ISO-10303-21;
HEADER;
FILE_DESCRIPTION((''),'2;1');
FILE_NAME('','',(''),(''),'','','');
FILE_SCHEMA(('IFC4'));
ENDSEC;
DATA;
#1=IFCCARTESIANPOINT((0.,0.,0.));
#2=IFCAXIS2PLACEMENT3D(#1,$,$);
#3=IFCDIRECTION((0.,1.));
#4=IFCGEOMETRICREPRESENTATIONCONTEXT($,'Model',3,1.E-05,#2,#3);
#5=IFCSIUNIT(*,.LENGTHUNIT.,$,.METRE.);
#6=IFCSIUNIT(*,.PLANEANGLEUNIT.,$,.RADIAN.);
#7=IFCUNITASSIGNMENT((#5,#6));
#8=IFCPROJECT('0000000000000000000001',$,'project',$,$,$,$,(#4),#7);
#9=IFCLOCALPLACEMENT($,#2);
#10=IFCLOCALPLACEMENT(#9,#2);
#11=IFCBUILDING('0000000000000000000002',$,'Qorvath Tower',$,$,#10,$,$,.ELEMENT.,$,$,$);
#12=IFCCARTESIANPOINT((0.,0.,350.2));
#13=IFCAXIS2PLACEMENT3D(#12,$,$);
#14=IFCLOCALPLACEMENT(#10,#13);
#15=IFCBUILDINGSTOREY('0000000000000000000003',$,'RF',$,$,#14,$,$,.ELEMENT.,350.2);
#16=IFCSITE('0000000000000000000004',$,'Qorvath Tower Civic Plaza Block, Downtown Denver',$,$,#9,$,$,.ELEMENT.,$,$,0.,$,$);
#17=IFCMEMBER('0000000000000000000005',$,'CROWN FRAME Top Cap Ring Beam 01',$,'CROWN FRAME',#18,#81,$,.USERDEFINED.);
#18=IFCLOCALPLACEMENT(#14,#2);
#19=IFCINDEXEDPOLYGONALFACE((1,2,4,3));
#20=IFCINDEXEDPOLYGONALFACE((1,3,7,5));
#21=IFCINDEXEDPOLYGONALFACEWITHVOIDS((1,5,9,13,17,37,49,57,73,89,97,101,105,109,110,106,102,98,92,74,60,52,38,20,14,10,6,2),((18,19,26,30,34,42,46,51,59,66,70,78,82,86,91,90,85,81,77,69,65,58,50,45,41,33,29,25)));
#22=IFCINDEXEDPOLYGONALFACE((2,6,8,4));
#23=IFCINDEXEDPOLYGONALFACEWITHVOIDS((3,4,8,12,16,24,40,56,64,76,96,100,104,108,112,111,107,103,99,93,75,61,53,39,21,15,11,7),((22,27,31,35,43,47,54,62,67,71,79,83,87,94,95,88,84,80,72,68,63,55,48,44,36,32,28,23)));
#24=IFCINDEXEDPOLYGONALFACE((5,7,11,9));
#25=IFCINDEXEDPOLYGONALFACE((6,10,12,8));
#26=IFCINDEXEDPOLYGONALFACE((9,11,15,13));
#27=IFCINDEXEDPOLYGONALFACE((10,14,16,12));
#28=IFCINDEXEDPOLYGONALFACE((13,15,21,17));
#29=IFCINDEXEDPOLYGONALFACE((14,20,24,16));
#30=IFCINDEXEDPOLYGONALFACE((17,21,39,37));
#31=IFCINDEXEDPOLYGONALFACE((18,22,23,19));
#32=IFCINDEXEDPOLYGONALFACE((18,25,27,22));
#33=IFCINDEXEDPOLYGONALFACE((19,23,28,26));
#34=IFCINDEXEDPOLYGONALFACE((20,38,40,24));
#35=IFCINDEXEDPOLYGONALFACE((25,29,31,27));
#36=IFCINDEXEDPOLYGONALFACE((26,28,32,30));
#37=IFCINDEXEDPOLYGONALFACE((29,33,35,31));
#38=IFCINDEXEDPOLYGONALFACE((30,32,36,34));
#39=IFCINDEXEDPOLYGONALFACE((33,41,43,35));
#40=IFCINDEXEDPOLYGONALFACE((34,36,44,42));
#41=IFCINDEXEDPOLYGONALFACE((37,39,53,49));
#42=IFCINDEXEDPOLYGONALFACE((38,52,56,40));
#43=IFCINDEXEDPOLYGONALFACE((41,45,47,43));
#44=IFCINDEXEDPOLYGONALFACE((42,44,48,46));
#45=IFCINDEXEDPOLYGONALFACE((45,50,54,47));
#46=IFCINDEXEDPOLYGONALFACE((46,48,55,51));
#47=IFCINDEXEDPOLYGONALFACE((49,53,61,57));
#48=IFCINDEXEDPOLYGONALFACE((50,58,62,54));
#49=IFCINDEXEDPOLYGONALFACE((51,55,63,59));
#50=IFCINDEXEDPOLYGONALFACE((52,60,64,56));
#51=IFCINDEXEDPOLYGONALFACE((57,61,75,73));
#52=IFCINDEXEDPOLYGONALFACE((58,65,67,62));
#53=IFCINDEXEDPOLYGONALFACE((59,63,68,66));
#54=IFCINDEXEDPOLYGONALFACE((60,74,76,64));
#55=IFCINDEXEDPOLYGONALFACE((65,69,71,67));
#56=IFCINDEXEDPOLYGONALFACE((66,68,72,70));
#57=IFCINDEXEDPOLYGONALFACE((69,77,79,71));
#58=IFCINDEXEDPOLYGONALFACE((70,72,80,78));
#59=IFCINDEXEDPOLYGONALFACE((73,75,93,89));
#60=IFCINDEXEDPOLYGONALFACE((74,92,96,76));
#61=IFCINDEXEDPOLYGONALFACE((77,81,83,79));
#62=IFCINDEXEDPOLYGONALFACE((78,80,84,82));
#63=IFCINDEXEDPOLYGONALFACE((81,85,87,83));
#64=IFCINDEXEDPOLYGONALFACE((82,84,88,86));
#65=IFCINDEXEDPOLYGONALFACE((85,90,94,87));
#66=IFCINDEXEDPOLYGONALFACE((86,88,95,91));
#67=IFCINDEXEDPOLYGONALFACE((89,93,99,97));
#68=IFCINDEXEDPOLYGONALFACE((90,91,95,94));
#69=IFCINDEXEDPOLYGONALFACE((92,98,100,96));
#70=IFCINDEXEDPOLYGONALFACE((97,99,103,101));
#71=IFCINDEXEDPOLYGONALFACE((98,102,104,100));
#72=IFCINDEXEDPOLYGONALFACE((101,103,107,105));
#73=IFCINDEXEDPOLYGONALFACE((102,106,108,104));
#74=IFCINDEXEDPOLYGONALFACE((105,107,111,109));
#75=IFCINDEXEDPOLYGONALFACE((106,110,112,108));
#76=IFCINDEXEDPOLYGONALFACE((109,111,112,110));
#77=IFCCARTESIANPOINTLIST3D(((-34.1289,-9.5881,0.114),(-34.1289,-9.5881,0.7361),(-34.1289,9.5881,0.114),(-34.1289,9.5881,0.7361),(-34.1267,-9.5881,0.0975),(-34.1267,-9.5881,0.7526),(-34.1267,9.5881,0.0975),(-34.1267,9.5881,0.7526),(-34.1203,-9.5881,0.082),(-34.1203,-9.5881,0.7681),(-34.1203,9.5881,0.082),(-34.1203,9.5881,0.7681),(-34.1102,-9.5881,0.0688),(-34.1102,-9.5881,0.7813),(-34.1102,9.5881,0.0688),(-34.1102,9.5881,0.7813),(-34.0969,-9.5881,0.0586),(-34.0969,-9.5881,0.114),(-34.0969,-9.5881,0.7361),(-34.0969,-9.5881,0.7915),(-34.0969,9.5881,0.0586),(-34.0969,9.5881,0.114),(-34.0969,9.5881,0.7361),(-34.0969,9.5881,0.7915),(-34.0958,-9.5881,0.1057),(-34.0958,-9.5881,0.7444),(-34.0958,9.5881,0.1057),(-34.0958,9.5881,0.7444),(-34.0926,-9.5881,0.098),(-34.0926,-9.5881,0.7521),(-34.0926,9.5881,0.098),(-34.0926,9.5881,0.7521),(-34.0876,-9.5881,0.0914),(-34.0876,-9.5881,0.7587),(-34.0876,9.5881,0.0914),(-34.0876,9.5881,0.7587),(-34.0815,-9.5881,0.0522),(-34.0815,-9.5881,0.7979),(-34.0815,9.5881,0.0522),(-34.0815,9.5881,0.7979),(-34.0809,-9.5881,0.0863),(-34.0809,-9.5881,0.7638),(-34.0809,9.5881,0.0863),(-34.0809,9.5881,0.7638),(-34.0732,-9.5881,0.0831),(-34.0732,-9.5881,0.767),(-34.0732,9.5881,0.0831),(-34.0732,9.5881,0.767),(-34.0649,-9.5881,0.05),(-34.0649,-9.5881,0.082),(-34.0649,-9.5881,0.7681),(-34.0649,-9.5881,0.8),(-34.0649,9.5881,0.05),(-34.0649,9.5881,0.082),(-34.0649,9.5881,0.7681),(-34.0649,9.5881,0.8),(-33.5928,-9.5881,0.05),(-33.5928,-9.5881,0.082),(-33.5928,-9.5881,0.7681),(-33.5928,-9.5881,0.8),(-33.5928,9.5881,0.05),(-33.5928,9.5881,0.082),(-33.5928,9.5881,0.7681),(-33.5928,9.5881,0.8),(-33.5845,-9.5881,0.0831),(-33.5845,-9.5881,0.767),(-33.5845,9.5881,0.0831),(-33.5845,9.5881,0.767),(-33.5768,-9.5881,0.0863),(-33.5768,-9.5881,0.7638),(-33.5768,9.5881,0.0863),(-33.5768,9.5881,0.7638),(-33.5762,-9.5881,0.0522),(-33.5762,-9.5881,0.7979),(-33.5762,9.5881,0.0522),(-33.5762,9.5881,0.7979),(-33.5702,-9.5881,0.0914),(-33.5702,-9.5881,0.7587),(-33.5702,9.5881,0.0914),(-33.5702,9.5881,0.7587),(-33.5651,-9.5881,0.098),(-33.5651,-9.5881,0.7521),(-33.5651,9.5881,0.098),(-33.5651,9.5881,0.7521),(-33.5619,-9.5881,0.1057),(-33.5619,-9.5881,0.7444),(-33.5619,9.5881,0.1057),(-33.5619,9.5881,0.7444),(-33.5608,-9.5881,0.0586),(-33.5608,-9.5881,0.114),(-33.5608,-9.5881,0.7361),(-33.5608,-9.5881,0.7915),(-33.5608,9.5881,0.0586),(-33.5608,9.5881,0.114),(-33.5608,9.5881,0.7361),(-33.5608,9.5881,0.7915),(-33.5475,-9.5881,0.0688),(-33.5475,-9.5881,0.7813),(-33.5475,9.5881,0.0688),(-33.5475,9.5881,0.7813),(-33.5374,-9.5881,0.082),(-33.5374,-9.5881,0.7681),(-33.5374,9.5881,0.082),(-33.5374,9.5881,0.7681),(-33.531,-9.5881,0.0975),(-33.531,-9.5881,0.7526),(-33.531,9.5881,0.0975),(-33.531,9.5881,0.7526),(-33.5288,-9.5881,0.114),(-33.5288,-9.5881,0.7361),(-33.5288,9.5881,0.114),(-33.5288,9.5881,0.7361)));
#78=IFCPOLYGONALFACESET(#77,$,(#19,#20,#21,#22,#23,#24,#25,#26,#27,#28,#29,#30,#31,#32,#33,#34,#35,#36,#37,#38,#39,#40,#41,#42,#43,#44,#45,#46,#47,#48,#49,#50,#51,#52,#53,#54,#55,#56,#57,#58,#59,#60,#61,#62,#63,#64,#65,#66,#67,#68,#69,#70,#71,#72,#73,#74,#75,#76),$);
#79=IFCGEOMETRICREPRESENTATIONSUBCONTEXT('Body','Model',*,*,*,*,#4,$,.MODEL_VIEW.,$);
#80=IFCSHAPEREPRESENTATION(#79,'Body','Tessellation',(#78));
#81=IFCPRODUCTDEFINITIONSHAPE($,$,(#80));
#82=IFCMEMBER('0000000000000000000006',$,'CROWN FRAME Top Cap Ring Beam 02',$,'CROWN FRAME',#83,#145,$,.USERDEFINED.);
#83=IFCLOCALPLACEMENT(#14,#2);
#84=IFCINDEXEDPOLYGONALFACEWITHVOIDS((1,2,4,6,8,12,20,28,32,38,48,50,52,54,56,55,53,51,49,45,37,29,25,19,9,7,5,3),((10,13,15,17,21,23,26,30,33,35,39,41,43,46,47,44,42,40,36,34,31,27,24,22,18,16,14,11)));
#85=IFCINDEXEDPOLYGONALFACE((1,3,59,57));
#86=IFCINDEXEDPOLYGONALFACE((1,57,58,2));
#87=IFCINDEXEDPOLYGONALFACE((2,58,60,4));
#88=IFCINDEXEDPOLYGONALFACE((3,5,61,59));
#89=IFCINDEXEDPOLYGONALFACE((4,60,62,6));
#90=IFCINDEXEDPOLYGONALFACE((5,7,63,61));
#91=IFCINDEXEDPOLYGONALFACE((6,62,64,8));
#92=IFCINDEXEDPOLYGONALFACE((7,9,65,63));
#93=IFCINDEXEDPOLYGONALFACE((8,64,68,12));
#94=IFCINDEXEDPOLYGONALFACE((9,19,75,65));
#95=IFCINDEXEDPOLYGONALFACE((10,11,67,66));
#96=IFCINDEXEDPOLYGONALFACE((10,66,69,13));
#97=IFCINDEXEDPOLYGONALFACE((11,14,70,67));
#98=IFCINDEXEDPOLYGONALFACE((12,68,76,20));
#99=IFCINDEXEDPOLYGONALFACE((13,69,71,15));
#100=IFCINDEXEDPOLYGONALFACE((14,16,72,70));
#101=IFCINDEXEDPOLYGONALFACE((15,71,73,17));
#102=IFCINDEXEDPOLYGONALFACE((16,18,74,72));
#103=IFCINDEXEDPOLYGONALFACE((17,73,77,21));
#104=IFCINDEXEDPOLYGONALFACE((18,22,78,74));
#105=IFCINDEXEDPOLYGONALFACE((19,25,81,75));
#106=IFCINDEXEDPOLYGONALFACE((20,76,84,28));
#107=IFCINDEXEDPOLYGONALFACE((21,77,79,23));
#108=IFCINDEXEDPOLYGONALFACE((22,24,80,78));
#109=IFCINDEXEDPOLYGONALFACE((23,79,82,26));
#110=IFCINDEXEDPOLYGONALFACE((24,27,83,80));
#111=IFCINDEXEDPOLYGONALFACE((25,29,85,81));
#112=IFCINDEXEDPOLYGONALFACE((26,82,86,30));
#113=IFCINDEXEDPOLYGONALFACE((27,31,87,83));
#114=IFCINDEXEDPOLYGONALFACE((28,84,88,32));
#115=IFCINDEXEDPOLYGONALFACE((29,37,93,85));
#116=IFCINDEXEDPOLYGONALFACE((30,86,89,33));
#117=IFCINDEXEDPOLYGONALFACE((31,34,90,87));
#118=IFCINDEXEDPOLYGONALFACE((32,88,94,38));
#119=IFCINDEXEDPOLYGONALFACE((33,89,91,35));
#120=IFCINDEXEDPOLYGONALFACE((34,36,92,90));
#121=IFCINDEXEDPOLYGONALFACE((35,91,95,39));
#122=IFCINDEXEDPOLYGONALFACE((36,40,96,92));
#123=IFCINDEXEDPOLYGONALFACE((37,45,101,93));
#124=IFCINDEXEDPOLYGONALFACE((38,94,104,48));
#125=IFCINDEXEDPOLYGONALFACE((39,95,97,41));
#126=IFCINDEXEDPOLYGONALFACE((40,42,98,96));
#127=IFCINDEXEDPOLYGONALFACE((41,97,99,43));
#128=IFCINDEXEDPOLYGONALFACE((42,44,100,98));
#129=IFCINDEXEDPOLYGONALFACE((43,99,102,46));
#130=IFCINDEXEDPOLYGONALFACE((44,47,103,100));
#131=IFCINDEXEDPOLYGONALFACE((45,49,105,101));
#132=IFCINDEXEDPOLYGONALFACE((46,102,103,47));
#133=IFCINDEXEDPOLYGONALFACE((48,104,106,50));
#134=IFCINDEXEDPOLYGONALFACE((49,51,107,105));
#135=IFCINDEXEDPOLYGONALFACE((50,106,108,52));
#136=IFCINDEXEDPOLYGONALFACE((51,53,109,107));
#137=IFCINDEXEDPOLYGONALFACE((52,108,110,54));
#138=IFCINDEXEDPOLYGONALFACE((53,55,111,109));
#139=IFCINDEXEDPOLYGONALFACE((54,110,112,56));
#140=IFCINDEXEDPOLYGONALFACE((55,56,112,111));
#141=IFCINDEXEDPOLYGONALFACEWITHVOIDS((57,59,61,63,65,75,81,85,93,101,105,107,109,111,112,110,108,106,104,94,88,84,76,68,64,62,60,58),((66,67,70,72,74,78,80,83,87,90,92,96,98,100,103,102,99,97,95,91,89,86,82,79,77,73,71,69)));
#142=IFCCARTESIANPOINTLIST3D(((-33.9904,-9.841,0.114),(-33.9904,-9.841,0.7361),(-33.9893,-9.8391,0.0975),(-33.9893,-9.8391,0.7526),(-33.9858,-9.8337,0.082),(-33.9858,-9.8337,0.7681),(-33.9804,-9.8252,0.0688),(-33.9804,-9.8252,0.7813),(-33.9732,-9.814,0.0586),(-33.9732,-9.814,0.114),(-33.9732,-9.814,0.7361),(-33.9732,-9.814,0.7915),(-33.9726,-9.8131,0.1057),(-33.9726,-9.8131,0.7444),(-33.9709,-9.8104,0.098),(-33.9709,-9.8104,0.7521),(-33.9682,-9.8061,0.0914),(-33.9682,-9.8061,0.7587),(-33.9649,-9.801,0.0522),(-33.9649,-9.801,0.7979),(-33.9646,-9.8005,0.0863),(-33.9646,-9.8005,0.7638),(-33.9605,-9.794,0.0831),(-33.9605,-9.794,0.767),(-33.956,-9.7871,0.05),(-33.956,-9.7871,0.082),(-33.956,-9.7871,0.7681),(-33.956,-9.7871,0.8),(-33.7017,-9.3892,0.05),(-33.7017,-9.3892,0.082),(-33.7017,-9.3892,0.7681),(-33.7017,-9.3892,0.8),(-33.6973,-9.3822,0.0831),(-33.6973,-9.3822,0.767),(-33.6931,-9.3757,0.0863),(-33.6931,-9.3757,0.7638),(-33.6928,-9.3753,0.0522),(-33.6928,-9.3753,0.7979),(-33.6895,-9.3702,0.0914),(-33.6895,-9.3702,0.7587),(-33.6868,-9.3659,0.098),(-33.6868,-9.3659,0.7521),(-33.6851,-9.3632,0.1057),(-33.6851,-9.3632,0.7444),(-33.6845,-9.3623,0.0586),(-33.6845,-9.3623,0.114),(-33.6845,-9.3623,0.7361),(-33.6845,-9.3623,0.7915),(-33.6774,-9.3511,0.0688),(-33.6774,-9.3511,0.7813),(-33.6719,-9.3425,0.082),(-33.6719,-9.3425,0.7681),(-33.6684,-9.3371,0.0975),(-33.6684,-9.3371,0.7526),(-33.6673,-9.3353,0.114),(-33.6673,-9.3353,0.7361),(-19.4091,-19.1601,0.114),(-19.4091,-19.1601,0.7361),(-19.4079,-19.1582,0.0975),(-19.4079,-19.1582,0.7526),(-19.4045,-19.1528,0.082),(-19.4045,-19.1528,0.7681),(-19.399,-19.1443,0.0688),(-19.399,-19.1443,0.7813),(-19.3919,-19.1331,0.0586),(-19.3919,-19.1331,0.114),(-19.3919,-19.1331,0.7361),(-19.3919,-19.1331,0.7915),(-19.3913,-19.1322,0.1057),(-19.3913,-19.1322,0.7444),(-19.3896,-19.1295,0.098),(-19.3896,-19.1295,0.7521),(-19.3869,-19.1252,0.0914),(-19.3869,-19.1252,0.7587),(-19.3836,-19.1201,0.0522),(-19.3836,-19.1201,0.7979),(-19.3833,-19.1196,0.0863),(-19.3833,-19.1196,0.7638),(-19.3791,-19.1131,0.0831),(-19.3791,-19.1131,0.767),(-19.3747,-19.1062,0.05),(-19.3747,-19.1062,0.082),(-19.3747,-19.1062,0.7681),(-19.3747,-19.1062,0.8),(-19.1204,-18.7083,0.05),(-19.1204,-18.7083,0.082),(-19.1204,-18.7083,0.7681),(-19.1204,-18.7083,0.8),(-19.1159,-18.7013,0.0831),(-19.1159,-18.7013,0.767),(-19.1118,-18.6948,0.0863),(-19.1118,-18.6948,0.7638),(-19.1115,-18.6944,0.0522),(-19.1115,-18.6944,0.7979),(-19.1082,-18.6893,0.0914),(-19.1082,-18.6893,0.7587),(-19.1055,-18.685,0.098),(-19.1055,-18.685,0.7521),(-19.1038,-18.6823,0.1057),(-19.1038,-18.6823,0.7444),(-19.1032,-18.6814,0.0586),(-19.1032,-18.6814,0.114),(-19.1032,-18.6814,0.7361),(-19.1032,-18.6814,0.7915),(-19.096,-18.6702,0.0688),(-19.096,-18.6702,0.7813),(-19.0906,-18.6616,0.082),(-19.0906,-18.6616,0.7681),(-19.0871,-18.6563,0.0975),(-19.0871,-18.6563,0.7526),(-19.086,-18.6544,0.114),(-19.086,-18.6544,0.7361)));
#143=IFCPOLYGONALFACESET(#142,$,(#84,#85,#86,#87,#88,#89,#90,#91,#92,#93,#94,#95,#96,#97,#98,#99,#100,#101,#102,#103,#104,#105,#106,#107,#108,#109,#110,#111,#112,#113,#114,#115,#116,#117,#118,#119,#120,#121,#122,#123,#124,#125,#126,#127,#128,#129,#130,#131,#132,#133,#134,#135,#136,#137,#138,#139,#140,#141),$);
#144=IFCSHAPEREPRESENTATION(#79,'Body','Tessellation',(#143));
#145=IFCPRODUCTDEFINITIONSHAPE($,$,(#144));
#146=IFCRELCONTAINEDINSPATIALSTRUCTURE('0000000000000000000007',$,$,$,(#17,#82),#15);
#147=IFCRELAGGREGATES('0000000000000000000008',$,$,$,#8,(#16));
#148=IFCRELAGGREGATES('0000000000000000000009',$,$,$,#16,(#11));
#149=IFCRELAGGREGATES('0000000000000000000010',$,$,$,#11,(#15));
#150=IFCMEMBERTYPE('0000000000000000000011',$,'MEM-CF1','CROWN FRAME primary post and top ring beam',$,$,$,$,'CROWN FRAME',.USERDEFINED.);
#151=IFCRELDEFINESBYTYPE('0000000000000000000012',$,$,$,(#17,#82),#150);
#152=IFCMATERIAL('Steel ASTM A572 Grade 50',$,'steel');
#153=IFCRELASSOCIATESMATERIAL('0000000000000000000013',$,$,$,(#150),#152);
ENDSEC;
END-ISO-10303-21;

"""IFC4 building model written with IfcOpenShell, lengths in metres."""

from ifc_helpers import new_model, si_unit, direction, frame, origin, origin_2d, place, context, subcontext, project, spatial, hollow_rectangle, extrude, material, material_profile, profile_set, type_object, element, save


model = new_model("IFC4")

# Units and contexts
model_context = context("Model", 3, precision=1e-05, world=origin(), true_north=direction((0.0, 1.0)))
body_context = subcontext(model_context, "Body", "Model", "MODEL_VIEW")
ifc_project = project(units=[si_unit("LENGTHUNIT", "METRE"), si_unit("PLANEANGLEUNIT", "RADIAN")], contexts=[model_context])

# Site, building, storey
site_placement = place(None, origin())
site = spatial("IfcSite", under=ifc_project, at=site_placement, Name="Qorvath Tower Civic Plaza Block, Downtown Denver", CompositionType="ELEMENT", RefElevation=0.0)
building_placement = place(site_placement, origin())
building = spatial("IfcBuilding", under=site, at=building_placement, Name="Qorvath Tower", CompositionType="ELEMENT")
storey_placement = place(building_placement, frame((0.0, 0.0, 350.2)))
storey = spatial("IfcBuildingStorey", under=building, at=storey_placement, Name="RF", CompositionType="ELEMENT", Elevation=350.2)

# Members
ifc_material_1 = material(Name="Steel ASTM A572 Grade 50", Category="steel")
ifc_material_profile_1 = material_profile(ifc_material_1, hollow_rectangle(XDim=0.6001, YDim=0.75, WallThickness=0.032, InnerFilletRadius=0.032, OuterFilletRadius=0.064, at=origin_2d()), Name="CROWN BOX 750x600x32")
ifc_profile_set_1 = profile_set([ifc_material_profile_1], Name="Steel ASTM A572 Grade 50")
member_type_1 = type_object("IfcMemberType", Name="MEM-CF1", Description="CROWN FRAME primary post and top ring beam", ElementType="CROWN FRAME", PredefinedType="USERDEFINED", material=ifc_profile_set_1)
member_1_placement = place(storey_placement, frame((-33.8289, 9.5881, 0.425), z_axis=(0.0, -1.0, 0.0), x_axis=(1.0, 0.0, 0.0)))
element("IfcMember", 1, at=member_1_placement, inside=storey, type_object=member_type_1, Name="CROWN FRAME Top Cap Ring Beam 01", ObjectType="CROWN FRAME", PredefinedType="USERDEFINED", context=body_context, shape_type="SweptSolid", body=[
    extrude(hollow_rectangle(XDim=0.6001, YDim=0.75, WallThickness=0.032, InnerFilletRadius=0.032, OuterFilletRadius=0.064, at=origin_2d()), origin(), (0.0, 0.0, 1.0), 19.1763),
])
member_2_placement = place(storey_placement, frame((-33.8289, -9.5881, 0.425), z_axis=(0.842611, -0.538523, 0.0), x_axis=(0.538523, 0.842611, 0.0)))
element("IfcMember", 2, at=member_2_placement, inside=storey, type_object=member_type_1, Name="CROWN FRAME Top Cap Ring Beam 02", ObjectType="CROWN FRAME", PredefinedType="USERDEFINED", context=body_context, shape_type="SweptSolid", body=[
    extrude(hollow_rectangle(XDim=0.6001, YDim=0.75, WallThickness=0.032, InnerFilletRadius=0.032, OuterFilletRadius=0.064, at=origin_2d()), origin(), (0.0, 0.0, 1.0), 17.3049),
])

save(model, "model.ifc")
